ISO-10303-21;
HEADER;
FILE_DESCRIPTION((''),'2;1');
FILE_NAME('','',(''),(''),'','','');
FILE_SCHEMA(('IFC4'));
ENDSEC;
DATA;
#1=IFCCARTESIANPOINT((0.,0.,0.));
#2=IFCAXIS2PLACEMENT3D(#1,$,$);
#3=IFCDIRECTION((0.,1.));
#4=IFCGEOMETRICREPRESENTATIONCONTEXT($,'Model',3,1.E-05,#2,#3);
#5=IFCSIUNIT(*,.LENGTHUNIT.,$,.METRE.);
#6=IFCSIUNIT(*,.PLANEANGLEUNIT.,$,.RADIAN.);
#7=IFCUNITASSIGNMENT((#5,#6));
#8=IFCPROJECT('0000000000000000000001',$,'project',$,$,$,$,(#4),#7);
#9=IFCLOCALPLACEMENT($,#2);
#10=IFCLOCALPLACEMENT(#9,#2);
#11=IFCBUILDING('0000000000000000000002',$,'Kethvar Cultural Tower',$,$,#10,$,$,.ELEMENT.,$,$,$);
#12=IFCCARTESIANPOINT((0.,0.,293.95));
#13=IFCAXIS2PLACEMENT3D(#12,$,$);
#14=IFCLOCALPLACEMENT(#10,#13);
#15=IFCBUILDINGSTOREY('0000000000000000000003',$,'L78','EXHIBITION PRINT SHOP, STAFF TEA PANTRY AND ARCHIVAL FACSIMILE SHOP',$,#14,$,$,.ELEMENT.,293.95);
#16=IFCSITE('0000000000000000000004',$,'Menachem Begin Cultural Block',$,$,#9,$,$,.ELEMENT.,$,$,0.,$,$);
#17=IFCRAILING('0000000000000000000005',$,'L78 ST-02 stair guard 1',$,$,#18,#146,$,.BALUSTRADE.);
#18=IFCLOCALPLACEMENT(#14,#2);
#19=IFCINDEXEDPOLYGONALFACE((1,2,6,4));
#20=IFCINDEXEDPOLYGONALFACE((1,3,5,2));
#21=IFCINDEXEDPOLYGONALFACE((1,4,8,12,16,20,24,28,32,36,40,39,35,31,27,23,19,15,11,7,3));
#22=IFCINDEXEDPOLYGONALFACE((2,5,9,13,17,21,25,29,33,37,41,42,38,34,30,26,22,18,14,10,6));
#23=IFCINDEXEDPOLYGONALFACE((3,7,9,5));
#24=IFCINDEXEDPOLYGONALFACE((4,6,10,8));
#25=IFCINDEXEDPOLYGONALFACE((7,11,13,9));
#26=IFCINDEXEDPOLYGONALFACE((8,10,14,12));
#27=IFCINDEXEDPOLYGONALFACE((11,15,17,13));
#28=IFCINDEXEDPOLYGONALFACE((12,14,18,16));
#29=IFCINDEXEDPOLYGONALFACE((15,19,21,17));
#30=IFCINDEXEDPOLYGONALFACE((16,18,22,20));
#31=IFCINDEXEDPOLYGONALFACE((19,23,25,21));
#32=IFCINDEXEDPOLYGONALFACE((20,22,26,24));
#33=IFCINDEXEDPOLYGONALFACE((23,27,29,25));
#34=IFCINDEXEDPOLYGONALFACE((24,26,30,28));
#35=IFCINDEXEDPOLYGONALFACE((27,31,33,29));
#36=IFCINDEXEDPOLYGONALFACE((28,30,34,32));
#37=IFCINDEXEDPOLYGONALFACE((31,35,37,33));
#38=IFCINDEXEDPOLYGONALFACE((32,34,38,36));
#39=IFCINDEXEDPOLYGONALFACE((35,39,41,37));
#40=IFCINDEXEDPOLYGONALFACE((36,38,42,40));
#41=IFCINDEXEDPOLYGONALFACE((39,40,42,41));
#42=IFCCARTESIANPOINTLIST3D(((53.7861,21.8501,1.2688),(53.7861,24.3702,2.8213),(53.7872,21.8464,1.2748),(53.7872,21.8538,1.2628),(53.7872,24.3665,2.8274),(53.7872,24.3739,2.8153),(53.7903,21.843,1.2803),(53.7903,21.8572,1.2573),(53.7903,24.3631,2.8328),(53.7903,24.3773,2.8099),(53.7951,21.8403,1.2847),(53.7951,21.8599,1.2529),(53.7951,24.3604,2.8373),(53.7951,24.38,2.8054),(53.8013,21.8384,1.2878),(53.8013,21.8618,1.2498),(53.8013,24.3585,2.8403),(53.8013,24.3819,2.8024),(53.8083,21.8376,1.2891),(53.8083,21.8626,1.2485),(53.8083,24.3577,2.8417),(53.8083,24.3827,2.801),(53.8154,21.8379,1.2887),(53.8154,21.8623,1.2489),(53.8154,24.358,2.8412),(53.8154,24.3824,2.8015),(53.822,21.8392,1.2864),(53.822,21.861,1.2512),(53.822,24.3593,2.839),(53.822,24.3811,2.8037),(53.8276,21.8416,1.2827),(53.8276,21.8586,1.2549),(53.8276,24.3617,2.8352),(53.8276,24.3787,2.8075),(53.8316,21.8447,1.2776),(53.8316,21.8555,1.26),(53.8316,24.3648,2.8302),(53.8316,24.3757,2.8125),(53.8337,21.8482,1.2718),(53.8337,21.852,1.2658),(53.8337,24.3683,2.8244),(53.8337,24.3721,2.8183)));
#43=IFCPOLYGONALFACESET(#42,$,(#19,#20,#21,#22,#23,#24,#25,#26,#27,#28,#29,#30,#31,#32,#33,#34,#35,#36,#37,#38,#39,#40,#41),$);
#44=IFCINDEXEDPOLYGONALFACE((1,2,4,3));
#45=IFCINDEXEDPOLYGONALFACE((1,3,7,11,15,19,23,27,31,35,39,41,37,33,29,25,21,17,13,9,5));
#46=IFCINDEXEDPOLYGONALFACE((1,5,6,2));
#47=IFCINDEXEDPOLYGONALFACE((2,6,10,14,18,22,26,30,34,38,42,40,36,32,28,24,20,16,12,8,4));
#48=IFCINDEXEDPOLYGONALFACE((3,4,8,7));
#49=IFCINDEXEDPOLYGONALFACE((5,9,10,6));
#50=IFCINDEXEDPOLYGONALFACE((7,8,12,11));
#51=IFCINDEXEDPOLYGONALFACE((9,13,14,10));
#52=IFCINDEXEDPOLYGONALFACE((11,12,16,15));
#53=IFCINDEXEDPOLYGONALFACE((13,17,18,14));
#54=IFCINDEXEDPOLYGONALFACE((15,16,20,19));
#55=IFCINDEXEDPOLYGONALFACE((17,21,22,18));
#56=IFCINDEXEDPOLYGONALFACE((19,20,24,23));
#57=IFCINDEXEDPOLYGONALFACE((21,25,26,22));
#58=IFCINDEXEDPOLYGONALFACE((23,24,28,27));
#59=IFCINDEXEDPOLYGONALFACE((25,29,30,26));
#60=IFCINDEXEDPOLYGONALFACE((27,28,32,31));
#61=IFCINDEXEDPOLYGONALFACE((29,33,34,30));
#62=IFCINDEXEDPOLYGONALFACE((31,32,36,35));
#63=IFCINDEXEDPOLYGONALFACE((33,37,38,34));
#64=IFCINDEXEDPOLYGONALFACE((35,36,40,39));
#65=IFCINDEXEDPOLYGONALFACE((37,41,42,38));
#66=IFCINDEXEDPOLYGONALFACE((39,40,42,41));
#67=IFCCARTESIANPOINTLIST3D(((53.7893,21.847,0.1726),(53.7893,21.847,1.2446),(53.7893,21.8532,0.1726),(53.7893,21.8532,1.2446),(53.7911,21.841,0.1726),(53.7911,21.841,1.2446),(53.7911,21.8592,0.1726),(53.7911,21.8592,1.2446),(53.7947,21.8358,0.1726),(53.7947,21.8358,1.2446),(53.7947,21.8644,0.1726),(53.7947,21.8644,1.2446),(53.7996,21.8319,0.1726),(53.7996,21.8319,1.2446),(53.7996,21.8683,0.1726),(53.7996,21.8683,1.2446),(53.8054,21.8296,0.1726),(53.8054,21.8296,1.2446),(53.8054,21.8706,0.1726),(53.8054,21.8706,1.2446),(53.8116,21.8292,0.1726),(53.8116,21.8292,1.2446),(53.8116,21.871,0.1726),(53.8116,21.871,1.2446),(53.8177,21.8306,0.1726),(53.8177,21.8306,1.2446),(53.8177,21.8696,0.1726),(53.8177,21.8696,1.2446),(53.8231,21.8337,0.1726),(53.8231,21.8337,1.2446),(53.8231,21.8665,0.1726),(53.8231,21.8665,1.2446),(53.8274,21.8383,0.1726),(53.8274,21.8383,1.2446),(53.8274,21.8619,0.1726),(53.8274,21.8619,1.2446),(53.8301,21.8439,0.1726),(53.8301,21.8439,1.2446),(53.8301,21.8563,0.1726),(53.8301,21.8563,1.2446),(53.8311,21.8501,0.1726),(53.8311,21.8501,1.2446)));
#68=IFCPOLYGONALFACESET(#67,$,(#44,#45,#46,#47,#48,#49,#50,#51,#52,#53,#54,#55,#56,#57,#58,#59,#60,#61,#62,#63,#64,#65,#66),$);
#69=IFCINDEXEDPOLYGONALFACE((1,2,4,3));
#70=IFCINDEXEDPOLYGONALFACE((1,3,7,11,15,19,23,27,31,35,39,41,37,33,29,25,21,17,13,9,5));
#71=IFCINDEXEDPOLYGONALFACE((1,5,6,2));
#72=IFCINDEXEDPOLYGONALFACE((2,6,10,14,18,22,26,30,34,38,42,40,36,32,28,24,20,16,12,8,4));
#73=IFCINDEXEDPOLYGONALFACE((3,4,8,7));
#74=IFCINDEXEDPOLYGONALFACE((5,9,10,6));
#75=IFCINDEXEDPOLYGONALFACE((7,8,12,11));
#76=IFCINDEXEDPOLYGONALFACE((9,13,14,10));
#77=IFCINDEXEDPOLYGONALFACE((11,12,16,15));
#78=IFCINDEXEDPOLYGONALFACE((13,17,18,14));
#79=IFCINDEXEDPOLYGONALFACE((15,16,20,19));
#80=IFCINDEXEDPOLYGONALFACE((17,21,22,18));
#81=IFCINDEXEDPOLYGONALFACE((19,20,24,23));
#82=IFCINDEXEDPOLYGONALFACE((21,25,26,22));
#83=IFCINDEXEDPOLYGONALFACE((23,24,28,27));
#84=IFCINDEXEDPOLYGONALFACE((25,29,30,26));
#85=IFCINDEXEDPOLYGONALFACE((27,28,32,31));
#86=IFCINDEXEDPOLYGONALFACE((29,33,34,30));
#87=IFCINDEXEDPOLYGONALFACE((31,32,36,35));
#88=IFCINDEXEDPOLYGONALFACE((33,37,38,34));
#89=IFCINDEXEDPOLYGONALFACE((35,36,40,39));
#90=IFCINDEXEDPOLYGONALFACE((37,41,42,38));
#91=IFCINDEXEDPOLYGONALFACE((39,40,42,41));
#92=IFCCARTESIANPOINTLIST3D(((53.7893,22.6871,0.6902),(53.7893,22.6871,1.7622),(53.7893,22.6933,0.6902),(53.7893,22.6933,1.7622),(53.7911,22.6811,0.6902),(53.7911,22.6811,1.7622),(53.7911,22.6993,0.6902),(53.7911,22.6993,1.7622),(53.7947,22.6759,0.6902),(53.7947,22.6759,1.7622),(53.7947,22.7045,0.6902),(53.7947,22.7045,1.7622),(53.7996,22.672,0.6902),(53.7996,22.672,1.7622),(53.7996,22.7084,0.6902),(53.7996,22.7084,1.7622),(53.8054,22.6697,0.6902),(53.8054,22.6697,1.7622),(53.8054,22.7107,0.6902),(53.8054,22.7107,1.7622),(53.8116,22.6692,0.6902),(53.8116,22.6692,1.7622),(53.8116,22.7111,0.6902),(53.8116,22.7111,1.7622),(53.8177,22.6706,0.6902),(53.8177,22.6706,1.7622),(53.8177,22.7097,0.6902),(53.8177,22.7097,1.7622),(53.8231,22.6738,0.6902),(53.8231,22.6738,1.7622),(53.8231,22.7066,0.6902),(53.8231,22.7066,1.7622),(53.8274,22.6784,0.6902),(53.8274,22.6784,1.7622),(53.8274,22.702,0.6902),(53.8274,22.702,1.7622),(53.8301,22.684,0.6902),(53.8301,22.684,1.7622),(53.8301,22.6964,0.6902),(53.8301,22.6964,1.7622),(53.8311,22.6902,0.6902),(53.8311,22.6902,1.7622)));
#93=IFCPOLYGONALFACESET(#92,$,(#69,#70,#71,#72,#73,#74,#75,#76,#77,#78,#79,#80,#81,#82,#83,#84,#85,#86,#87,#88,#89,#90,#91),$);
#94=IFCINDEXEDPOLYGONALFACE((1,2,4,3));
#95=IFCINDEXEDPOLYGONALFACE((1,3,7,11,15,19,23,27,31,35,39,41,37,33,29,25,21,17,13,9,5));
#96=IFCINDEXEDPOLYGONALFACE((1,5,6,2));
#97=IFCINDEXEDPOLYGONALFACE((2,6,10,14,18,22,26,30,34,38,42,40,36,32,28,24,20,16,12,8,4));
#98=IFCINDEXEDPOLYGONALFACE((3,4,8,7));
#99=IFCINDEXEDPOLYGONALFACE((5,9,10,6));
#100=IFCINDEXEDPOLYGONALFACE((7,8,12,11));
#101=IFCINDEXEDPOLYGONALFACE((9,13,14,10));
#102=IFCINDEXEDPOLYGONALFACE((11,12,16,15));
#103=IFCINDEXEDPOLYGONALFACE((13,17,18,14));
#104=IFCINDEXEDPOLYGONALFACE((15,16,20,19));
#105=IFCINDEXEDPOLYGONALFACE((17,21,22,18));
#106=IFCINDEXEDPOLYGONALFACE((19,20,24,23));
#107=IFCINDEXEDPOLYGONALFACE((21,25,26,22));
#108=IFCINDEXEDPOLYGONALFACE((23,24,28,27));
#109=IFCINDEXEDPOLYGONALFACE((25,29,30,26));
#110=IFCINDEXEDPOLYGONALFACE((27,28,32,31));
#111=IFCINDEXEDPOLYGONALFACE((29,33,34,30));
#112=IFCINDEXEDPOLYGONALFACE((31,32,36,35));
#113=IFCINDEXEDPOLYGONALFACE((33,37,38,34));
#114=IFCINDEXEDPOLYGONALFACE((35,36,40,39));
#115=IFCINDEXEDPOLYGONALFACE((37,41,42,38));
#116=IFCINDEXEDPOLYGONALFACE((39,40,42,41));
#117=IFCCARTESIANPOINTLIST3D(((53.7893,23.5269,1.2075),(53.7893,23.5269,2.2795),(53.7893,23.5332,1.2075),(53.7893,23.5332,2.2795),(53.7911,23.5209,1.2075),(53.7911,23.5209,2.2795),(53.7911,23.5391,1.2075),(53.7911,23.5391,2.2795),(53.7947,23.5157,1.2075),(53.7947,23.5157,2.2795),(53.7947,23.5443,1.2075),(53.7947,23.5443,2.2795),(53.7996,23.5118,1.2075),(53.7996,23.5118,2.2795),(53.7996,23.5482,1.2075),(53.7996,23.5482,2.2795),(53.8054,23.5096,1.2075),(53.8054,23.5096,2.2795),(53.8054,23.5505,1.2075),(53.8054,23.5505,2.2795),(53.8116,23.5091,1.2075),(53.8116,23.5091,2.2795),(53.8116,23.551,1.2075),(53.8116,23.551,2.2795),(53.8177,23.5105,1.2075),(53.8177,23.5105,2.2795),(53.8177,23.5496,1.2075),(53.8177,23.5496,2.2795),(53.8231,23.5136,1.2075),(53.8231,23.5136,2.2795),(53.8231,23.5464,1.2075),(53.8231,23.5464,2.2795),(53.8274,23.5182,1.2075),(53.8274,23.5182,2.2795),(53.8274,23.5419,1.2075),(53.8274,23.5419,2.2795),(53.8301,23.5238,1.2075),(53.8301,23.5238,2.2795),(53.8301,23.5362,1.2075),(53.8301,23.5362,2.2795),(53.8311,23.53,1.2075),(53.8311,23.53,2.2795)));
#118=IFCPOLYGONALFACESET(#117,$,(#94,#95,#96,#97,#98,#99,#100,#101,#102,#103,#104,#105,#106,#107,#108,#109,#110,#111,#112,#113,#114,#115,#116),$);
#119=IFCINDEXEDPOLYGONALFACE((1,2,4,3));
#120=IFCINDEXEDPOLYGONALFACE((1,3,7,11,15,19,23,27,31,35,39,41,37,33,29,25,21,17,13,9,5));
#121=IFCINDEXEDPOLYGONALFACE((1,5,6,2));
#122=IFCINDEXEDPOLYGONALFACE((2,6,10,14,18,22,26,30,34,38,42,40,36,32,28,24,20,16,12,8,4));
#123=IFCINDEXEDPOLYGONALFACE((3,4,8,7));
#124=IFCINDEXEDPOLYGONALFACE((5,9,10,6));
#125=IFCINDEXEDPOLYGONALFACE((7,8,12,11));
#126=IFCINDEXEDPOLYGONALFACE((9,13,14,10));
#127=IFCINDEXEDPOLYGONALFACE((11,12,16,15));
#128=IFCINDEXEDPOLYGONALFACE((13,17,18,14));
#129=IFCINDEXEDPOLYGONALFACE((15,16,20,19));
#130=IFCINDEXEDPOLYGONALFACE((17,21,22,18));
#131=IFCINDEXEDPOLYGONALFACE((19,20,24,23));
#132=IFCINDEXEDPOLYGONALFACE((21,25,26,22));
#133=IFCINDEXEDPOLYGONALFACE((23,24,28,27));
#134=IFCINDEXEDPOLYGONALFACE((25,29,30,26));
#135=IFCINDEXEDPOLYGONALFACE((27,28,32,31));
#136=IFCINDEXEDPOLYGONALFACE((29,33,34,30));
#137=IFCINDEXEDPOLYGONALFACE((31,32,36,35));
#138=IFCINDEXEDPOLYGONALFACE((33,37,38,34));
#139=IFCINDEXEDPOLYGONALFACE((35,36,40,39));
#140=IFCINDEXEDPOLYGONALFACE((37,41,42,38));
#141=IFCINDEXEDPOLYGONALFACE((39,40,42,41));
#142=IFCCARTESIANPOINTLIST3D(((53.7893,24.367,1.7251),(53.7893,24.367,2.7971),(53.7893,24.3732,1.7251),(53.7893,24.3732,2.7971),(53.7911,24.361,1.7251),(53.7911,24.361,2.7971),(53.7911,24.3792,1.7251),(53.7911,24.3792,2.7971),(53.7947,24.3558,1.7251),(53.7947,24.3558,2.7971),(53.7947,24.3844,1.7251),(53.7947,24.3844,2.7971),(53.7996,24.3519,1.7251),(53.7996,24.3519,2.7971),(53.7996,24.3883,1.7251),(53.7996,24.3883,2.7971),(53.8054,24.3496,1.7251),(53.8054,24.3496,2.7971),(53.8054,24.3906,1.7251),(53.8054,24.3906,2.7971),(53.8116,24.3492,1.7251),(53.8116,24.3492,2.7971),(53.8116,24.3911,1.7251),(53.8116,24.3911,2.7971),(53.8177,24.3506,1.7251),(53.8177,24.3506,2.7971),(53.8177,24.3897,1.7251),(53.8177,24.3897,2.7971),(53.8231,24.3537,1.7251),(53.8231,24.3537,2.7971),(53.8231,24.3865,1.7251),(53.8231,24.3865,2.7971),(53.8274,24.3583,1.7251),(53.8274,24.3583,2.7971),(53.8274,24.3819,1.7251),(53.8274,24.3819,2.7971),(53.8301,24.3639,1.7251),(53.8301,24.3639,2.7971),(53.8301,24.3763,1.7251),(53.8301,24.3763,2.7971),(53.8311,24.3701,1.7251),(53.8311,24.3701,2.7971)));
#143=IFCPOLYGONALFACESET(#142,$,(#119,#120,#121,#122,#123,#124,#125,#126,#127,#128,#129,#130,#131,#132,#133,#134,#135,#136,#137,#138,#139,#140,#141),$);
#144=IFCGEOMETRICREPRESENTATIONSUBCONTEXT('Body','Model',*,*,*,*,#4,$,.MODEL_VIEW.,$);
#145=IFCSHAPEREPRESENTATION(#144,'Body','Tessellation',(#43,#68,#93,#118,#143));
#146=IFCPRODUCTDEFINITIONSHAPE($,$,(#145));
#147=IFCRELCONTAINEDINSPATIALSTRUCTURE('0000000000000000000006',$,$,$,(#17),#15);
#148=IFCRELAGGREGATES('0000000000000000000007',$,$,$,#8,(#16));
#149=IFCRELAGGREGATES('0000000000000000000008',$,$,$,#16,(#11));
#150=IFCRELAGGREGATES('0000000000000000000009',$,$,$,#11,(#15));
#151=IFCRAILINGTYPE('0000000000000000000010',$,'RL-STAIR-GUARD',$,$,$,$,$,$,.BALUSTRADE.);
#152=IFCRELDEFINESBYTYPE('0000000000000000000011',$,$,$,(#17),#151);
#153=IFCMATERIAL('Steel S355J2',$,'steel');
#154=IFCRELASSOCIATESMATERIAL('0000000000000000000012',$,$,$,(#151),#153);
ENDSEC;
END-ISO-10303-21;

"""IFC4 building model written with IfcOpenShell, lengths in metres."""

from ifc_helpers import new_model, si_unit, direction, frame, origin, origin_2d, place, context, subcontext, project, spatial, circle, extrude, material, type_object, element, save


model = new_model("IFC4")

# Units and contexts
model_context = context("Model", 3, precision=1e-05, world=origin(), true_north=direction((0.0, 1.0)))
body_context = subcontext(model_context, "Body", "Model", "MODEL_VIEW")
ifc_project = project(units=[si_unit("LENGTHUNIT", "METRE"), si_unit("PLANEANGLEUNIT", "RADIAN")], contexts=[model_context])

# Site, building, storey
site_placement = place(None, origin())
site = spatial("IfcSite", under=ifc_project, at=site_placement, Name="Menachem Begin Cultural Block", CompositionType="ELEMENT", RefElevation=0.0)
building_placement = place(site_placement, origin())
building = spatial("IfcBuilding", under=site, at=building_placement, Name="Kethvar Cultural Tower", CompositionType="ELEMENT")
storey_placement = place(building_placement, frame((0.0, 0.0, 293.95)))
storey = spatial("IfcBuildingStorey", under=building, at=storey_placement, Name="L78", Description="EXHIBITION PRINT SHOP, STAFF TEA PANTRY AND ARCHIVAL FACSIMILE SHOP", CompositionType="ELEMENT", Elevation=293.95)

# Shared definitions
ifc_material_1 = material(Name="Steel S355J2", Category="steel")

# Railing
railing_type_1 = type_object("IfcRailingType", Name="RL-STAIR-GUARD", PredefinedType="BALUSTRADE", material=ifc_material_1)
railing_1_placement = place(storey_placement, frame((53.8101, 21.8501, 0.1726)))
element("IfcRailing", 1, at=railing_1_placement, inside=storey, type_object=railing_type_1, Name="L78 ST-02 stair guard 1", PredefinedType="BALUSTRADE", context=body_context, shape_type="SweptSolid", body=[
    extrude(circle(Radius=0.0239, at=origin_2d()), frame((0.0, 0.0, 1.0962), z_axis=(0.0, 0.8514, 0.524516), x_axis=(-1.0, 0.0, 0.0)), (0.0, 0.0, 1.0), 2.96),
    extrude(circle(Radius=0.021, at=origin_2d()), origin(), (0.0, 0.0, 1.0), 1.072),
    extrude(circle(Radius=0.021, at=origin_2d()), frame((0.0, 0.8401, 0.5176)), (0.0, 0.0, 1.0), 1.072),
    extrude(circle(Radius=0.021, at=origin_2d()), frame((0.0, 1.6799, 1.0349)), (0.0, 0.0, 1.0), 1.072),
    extrude(circle(Radius=0.021, at=origin_2d()), frame((0.0, 2.52, 1.5525)), (0.0, 0.0, 1.0), 1.072),
])

save(model, "model.ifc")
